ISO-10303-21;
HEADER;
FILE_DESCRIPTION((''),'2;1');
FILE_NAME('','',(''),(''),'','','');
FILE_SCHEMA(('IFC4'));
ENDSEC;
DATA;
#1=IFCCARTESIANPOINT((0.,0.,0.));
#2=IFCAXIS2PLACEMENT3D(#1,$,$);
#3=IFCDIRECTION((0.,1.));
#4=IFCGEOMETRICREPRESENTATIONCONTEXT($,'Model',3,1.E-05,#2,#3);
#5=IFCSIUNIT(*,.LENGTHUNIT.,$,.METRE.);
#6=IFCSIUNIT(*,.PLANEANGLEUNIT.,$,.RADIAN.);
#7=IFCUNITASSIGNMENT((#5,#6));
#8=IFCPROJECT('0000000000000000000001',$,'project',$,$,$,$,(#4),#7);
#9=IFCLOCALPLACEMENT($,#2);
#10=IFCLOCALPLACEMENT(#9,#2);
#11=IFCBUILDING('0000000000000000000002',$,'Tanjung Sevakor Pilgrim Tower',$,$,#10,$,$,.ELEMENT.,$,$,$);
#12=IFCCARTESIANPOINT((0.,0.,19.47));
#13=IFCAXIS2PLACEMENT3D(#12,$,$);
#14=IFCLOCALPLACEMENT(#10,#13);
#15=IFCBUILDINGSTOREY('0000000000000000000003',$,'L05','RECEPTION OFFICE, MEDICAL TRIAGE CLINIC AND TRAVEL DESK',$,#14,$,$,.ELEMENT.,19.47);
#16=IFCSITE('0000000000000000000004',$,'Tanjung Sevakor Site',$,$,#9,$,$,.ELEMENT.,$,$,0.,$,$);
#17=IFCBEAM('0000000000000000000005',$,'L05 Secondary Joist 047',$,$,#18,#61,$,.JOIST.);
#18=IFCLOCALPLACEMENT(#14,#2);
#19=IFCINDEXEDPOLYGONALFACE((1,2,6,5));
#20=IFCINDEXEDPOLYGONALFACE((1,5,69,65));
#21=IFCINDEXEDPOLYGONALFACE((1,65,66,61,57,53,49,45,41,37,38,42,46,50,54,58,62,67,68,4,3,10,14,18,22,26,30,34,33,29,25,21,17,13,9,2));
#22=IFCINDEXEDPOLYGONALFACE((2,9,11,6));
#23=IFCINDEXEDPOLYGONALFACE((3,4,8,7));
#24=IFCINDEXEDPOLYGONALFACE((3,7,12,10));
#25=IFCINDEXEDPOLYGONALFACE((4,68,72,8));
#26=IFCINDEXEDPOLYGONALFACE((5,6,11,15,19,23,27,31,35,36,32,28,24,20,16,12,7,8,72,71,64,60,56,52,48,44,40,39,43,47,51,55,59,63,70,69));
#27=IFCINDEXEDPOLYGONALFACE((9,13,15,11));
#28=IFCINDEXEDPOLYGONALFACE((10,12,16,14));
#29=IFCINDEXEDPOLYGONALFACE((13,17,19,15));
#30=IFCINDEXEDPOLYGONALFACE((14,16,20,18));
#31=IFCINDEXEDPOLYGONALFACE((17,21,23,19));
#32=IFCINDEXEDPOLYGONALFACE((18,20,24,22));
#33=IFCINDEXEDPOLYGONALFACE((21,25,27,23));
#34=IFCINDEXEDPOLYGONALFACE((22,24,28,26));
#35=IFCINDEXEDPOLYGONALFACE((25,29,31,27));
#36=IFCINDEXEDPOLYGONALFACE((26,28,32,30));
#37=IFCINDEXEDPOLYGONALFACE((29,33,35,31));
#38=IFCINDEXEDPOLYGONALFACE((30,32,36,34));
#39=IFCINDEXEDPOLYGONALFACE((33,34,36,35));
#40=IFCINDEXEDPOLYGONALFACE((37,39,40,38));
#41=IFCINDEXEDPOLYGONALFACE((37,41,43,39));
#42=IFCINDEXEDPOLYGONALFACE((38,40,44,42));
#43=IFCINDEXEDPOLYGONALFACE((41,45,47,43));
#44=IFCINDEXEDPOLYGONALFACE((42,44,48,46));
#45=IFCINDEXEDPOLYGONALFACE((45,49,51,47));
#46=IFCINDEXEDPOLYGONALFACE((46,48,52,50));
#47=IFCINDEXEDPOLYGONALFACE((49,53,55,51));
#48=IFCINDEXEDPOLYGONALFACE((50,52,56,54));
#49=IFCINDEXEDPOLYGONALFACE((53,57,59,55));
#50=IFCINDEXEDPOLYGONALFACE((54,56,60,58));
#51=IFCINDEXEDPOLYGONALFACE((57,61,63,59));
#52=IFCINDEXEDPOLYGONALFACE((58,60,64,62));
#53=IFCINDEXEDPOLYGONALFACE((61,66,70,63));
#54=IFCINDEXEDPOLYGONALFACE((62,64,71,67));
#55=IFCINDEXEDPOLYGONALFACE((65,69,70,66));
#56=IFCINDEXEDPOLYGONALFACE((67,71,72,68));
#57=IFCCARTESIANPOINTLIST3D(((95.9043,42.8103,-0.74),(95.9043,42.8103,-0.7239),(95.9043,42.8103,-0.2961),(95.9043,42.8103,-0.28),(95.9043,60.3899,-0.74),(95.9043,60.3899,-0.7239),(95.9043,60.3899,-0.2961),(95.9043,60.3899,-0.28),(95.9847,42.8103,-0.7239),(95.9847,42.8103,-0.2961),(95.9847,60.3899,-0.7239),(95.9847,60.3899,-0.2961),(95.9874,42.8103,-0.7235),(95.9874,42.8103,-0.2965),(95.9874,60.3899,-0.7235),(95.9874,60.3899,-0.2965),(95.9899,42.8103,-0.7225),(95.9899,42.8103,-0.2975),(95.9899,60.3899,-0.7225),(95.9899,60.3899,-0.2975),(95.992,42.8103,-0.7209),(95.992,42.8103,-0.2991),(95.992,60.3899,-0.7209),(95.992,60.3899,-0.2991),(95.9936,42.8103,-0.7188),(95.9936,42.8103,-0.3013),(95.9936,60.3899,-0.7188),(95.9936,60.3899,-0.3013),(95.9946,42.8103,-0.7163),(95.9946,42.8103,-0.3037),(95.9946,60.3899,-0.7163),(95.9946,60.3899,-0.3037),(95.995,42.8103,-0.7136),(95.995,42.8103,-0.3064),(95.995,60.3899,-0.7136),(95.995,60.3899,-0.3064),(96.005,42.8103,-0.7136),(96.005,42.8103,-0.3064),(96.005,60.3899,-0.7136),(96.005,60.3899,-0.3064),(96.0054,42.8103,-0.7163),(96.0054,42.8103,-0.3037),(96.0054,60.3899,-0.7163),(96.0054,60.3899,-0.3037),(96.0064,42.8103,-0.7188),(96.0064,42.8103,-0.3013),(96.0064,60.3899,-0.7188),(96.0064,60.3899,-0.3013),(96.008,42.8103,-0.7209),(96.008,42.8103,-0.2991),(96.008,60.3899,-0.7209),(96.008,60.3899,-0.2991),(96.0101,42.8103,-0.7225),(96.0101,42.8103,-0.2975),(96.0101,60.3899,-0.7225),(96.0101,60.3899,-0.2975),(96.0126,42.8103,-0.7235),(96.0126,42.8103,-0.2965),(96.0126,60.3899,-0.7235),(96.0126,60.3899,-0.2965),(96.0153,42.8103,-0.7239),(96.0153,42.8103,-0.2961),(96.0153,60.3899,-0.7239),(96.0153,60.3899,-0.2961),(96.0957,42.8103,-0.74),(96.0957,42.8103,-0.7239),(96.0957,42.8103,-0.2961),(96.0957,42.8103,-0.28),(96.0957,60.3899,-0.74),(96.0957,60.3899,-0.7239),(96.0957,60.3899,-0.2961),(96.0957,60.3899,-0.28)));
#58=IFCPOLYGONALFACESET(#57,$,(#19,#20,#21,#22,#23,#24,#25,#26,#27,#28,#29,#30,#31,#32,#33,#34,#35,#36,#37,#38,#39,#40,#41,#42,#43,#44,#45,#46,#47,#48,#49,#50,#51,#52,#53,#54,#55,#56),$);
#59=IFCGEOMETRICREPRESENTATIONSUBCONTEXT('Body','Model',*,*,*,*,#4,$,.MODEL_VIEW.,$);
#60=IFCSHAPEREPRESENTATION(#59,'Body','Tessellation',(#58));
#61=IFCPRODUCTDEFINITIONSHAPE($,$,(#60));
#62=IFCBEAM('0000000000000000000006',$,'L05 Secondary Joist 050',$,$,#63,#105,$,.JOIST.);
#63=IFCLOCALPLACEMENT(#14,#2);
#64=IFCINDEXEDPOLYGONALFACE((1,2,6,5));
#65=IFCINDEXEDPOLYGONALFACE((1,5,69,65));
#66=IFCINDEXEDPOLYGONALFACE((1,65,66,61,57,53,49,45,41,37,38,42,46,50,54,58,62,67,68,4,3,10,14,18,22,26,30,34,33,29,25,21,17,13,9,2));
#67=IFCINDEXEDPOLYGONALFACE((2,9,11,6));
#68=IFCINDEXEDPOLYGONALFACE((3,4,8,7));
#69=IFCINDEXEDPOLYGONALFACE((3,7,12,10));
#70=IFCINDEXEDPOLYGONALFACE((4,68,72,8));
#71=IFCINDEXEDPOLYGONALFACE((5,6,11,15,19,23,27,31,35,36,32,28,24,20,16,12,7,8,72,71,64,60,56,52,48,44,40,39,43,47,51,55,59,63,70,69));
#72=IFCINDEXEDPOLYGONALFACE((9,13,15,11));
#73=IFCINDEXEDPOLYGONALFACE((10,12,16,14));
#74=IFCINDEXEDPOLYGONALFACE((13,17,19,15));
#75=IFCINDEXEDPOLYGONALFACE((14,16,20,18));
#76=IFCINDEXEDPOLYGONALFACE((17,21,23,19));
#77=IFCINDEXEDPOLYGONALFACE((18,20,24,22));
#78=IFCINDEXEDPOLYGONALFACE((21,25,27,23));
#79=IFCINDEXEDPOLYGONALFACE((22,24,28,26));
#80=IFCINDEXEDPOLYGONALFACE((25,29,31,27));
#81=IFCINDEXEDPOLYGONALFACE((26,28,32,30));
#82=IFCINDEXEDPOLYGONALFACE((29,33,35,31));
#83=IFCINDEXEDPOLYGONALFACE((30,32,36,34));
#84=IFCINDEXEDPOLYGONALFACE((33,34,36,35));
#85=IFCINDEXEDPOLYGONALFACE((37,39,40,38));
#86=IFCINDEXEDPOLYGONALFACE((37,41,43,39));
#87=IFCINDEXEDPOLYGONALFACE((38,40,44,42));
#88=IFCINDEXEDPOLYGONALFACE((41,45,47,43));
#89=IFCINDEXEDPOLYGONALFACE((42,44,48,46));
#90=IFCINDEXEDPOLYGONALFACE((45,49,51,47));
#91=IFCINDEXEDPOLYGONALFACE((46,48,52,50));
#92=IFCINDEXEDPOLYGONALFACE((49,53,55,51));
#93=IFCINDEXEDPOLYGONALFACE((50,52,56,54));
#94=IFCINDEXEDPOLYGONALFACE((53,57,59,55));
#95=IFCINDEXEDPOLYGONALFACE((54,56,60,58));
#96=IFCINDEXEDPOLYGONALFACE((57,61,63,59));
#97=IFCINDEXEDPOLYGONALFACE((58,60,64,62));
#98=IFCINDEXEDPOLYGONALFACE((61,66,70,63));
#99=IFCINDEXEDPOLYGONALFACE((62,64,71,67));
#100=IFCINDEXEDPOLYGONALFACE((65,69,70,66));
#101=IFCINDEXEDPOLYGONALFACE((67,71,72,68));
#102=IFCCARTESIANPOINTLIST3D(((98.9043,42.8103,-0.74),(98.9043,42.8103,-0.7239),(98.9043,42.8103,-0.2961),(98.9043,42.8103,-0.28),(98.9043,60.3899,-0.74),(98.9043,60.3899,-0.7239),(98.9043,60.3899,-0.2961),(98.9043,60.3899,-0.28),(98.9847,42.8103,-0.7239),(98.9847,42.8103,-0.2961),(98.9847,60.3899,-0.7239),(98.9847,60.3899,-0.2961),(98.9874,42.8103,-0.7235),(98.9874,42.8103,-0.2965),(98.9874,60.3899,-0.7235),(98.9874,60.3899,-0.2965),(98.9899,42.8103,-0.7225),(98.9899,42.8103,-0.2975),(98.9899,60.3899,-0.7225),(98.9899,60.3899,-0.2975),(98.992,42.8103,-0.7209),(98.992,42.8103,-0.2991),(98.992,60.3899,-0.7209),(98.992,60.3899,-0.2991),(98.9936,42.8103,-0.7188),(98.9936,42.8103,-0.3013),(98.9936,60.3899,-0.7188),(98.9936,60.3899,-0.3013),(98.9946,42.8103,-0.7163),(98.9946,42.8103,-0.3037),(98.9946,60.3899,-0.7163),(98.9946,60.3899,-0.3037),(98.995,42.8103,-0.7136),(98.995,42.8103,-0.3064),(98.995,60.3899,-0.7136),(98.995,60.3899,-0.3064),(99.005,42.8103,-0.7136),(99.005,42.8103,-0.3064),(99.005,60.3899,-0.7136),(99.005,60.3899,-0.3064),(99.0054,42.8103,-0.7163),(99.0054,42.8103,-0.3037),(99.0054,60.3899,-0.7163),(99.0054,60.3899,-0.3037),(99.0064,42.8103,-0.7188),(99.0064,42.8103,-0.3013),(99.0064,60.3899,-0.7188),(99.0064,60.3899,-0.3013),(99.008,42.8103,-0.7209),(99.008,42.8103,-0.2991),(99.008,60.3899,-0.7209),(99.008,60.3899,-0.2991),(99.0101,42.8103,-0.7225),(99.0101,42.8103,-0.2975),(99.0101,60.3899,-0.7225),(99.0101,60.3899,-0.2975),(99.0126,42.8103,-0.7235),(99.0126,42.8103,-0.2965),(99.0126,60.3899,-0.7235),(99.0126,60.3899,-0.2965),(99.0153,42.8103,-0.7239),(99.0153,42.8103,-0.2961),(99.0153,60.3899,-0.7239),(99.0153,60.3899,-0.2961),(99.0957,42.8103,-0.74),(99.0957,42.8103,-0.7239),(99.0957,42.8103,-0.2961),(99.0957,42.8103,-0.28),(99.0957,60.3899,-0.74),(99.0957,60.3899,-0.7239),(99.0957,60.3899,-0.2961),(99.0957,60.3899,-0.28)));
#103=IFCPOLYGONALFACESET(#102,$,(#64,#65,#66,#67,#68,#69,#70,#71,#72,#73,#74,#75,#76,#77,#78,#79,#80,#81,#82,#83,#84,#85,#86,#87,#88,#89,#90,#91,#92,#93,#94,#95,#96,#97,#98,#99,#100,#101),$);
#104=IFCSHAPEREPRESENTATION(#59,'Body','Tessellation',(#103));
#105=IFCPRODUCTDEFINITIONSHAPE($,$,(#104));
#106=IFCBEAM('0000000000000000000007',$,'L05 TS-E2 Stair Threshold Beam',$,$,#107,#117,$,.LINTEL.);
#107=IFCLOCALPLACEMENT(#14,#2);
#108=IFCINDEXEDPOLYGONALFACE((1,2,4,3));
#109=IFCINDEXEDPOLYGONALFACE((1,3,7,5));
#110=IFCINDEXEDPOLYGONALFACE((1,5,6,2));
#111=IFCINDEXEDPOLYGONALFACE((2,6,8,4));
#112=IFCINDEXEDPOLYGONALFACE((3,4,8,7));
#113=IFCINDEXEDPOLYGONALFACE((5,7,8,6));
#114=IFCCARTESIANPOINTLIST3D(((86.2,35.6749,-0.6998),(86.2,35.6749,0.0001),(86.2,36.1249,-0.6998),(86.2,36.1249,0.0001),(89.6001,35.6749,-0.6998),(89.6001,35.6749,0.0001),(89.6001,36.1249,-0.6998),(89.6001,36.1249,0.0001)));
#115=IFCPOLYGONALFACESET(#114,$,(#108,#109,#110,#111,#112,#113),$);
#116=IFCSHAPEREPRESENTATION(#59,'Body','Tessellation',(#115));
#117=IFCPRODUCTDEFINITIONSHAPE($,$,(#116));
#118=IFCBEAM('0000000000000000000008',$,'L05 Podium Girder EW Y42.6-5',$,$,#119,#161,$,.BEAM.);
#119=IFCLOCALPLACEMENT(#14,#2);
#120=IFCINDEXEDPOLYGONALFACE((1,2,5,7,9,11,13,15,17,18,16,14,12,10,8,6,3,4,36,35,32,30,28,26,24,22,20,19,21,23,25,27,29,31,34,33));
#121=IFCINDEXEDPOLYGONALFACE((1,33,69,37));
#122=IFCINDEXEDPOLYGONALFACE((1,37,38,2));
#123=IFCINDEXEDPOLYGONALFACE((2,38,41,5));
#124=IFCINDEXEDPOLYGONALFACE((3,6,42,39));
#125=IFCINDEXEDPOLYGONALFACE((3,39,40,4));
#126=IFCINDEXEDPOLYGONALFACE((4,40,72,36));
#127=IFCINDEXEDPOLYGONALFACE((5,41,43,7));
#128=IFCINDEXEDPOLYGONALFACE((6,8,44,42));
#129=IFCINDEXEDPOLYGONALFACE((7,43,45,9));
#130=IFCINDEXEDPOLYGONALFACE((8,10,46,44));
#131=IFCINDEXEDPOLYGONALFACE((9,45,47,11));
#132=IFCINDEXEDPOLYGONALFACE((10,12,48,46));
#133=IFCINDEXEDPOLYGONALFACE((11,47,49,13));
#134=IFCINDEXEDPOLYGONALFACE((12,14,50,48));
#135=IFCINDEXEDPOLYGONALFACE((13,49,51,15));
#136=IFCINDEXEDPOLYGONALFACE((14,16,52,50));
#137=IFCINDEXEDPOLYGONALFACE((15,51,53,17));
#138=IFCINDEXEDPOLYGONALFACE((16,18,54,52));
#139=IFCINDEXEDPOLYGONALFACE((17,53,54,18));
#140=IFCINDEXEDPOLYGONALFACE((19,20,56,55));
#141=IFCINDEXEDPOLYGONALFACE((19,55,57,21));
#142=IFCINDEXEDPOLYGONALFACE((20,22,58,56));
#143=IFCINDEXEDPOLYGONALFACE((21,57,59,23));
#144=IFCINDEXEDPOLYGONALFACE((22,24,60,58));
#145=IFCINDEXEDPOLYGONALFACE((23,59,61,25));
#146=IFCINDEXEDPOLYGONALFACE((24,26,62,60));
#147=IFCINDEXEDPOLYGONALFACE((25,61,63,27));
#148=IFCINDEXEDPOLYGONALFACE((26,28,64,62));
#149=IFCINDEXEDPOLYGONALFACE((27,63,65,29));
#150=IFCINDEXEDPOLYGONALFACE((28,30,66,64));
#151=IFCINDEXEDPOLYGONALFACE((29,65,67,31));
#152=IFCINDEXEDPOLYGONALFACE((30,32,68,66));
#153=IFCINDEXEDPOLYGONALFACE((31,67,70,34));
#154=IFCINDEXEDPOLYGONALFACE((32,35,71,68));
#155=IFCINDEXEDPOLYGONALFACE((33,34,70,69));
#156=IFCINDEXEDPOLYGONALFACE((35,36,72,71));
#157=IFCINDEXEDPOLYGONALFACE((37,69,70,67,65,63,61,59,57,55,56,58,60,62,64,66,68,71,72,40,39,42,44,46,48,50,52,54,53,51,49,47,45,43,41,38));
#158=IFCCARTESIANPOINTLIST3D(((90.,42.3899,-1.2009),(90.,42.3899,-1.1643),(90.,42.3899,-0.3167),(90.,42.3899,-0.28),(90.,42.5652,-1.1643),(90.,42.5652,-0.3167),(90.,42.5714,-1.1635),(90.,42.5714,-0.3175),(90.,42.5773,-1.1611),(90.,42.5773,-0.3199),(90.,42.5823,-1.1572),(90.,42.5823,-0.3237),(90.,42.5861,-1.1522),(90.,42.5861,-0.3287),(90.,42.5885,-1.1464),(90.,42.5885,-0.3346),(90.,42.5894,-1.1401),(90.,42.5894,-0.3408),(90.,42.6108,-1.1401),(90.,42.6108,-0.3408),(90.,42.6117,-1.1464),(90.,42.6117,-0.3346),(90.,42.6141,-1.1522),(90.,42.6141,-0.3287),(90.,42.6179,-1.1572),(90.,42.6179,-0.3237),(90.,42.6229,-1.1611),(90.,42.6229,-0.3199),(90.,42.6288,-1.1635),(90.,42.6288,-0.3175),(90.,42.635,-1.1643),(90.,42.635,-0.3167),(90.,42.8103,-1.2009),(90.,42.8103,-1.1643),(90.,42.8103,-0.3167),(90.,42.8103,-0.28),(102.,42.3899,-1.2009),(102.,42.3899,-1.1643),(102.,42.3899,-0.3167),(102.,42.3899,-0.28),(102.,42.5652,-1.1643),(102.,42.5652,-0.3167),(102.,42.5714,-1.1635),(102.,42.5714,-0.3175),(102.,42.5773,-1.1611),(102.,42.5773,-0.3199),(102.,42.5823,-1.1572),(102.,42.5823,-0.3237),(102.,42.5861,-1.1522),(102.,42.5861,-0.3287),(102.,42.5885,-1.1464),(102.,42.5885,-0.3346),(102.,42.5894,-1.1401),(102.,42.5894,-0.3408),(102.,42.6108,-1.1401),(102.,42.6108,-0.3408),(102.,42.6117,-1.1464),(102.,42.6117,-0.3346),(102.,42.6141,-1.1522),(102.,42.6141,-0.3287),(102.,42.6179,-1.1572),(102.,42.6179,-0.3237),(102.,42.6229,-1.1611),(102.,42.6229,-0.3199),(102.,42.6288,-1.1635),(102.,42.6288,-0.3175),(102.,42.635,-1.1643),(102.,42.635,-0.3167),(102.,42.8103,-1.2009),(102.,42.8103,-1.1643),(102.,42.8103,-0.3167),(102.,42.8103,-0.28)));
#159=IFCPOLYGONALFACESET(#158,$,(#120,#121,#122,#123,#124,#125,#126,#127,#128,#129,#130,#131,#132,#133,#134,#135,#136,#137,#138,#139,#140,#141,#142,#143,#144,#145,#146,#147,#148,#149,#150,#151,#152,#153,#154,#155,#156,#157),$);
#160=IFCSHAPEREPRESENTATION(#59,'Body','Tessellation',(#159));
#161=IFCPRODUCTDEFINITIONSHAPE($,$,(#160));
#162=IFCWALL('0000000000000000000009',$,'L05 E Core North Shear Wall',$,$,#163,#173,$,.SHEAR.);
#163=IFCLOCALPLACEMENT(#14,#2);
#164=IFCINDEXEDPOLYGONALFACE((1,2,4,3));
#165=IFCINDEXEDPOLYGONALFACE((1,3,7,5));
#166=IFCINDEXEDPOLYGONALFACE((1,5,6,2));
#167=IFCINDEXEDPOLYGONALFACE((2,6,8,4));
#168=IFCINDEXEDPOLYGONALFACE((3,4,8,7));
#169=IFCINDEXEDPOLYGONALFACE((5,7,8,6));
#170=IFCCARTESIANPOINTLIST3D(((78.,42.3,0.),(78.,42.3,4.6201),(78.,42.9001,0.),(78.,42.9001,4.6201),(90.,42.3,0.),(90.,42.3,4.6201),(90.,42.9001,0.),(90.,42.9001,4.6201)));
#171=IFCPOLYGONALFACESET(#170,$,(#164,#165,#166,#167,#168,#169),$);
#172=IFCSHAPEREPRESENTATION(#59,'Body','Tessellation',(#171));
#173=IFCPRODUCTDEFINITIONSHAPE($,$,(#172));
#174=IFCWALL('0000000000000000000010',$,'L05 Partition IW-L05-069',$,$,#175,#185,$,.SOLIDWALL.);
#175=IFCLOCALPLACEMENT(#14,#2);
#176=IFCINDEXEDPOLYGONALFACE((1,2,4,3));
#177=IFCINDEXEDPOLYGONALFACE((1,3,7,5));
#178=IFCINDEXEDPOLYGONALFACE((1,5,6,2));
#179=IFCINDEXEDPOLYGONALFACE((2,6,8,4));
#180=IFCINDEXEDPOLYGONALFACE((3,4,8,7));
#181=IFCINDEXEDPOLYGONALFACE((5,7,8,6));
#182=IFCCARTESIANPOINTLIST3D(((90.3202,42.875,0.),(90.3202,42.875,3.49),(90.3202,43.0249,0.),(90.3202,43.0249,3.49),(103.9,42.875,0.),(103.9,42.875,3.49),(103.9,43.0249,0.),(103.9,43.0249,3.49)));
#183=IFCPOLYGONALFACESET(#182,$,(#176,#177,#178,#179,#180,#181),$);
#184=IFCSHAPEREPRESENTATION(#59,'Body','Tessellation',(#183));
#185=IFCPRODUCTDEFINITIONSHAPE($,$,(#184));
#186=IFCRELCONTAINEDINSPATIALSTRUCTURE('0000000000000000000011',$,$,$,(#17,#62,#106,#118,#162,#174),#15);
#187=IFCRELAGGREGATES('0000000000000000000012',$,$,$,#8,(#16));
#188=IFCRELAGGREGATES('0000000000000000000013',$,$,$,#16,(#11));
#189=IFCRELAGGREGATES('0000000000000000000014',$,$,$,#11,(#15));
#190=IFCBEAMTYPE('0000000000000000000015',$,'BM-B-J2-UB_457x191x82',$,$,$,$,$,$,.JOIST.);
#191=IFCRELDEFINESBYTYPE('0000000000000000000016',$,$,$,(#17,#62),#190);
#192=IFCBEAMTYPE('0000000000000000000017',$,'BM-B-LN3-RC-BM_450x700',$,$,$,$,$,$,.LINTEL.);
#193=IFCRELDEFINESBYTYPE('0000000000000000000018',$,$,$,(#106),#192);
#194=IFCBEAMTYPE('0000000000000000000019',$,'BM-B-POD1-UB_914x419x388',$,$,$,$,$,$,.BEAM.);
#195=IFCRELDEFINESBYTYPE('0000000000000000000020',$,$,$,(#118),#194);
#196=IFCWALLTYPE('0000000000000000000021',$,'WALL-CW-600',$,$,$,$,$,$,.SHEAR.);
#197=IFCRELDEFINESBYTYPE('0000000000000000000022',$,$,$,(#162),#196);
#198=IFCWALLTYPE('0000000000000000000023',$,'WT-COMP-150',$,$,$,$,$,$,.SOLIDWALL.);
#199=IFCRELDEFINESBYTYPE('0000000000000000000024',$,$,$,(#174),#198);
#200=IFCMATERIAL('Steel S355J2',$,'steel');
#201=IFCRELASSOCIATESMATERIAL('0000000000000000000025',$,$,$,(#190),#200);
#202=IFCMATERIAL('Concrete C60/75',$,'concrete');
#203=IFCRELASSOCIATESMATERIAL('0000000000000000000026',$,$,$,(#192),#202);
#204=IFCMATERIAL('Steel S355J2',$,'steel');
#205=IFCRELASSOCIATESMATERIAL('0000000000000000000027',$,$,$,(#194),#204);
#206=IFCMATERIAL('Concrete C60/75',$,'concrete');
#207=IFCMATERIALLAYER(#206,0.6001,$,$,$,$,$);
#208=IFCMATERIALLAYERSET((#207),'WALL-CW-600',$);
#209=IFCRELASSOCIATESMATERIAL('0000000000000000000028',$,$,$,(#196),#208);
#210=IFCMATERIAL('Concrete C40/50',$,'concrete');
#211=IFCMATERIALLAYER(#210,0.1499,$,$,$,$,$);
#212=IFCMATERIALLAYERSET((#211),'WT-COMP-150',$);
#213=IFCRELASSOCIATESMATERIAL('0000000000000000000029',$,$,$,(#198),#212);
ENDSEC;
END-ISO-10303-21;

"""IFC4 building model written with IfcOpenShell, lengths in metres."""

from ifc_helpers import new_model, si_unit, direction, frame, frame_2d, origin, origin_2d, place, context, subcontext, project, spatial, rectangle, i_section, extrude, material, layer, layer_set, material_profile, profile_set, type_object, element, save


model = new_model("IFC4")

# Units and contexts
model_context = context("Model", 3, precision=1e-05, world=origin(), true_north=direction((0.0, 1.0)))
body_context = subcontext(model_context, "Body", "Model", "MODEL_VIEW")
ifc_project = project(units=[si_unit("LENGTHUNIT", "METRE"), si_unit("PLANEANGLEUNIT", "RADIAN")], contexts=[model_context])

# Site, building, storey
site_placement = place(None, origin())
site = spatial("IfcSite", under=ifc_project, at=site_placement, Name="Tanjung Sevakor Site", CompositionType="ELEMENT", RefElevation=0.0)
building_placement = place(site_placement, origin())
building = spatial("IfcBuilding", under=site, at=building_placement, Name="Tanjung Sevakor Pilgrim Tower", CompositionType="ELEMENT")
storey_placement = place(building_placement, frame((0.0, 0.0, 19.47)))
storey = spatial("IfcBuildingStorey", under=building, at=storey_placement, Name="L05", Description="RECEPTION OFFICE, MEDICAL TRIAGE CLINIC AND TRAVEL DESK", CompositionType="ELEMENT", Elevation=19.47)

# Beams
ifc_material_1 = material(Name="Steel S355J2", Category="steel")
ifc_material_profile_1 = material_profile(ifc_material_1, i_section(OverallWidth=0.1914, OverallDepth=0.46, WebThickness=0.01, FlangeThickness=0.0161, FilletRadius=0.0103, at=origin_2d()))
ifc_profile_set_1 = profile_set([ifc_material_profile_1], Name="Steel S355J2")
beam_type_1 = type_object("IfcBeamType", Name="BM-B-J2-UB_457x191x82", PredefinedType="JOIST", material=ifc_profile_set_1)
for number, where, z_axis, x_axis, name in (
    (1, (96.0, 42.8103, -0.51), (0.0, 1.0, 0.0), (-1.0, 0.0, 0.0), "L05 Secondary Joist 047"),
    (2, (99.0, 42.8103, -0.51), (0.0, 1.0, 0.0), (-1.0, 0.0, 0.0), "L05 Secondary Joist 050"),
):
    element("IfcBeam", number, at=place(storey_placement, frame(where, z_axis=z_axis, x_axis=x_axis)), inside=storey, type_object=beam_type_1, Name=name, PredefinedType="JOIST", context=body_context, shape_type="SweptSolid", body=[
        extrude(i_section(OverallWidth=0.1914, OverallDepth=0.46, WebThickness=0.01, FlangeThickness=0.0161, FilletRadius=0.0103, at=origin_2d()), origin(), (0.0, 0.0, 1.0), 17.5796),
    ])
ifc_material_2 = material(Name="Concrete C60/75", Category="concrete")
ifc_material_profile_2 = material_profile(ifc_material_2, rectangle(XDim=0.45, YDim=0.7, at=origin_2d()))
ifc_profile_set_2 = profile_set([ifc_material_profile_2], Name="Concrete C60/75")
beam_type_2 = type_object("IfcBeamType", Name="BM-B-LN3-RC-BM_450x700", PredefinedType="LINTEL", material=ifc_profile_set_2)
beam_1_placement = place(storey_placement, frame((86.2, 35.8999, -0.3499), z_axis=(1.0, 0.0, 0.0), x_axis=(0.0, 1.0, 0.0)))
element("IfcBeam", 3, at=beam_1_placement, inside=storey, type_object=beam_type_2, Name="L05 TS-E2 Stair Threshold Beam", PredefinedType="LINTEL", context=body_context, shape_type="SweptSolid", body=[
    extrude(rectangle(XDim=0.45, YDim=0.7, at=origin_2d()), origin(), (0.0, 0.0, 1.0), 3.4001),
])
ifc_material_3 = material(Name="Steel S355J2", Category="steel")
ifc_material_profile_3 = material_profile(ifc_material_3, i_section(OverallWidth=0.4204, OverallDepth=0.9209, WebThickness=0.0215, FlangeThickness=0.0366, FilletRadius=0.0242, at=origin_2d()))
ifc_profile_set_3 = profile_set([ifc_material_profile_3], Name="Steel S355J2")
beam_type_3 = type_object("IfcBeamType", Name="BM-B-POD1-UB_914x419x388", PredefinedType="BEAM", material=ifc_profile_set_3)
beam_2_placement = place(storey_placement, frame((90.0, 42.6001, -0.7405), z_axis=(1.0, 0.0, 0.0), x_axis=(0.0, 1.0, 0.0)))
element("IfcBeam", 4, at=beam_2_placement, inside=storey, type_object=beam_type_3, Name="L05 Podium Girder EW Y42.6-5", PredefinedType="BEAM", context=body_context, shape_type="SweptSolid", body=[
    extrude(i_section(OverallWidth=0.4204, OverallDepth=0.9209, WebThickness=0.0215, FlangeThickness=0.0366, FilletRadius=0.0242, at=origin_2d()), origin(), (0.0, 0.0, 1.0), 12.0),
])

# Walls
ifc_material_4 = material(Name="Concrete C60/75", Category="concrete")
ifc_layer_1 = layer(ifc_material_4, 0.6001)
ifc_layer_set_1 = layer_set([ifc_layer_1], Name="WALL-CW-600")
wall_type_1 = type_object("IfcWallType", Name="WALL-CW-600", PredefinedType="SHEAR", material=ifc_layer_set_1)
wall_1_placement = place(storey_placement, frame((90.0, 42.6001, 0.0), z_axis=(0.0, 0.0, 1.0), x_axis=(-1.0, 0.0, 0.0)))
element("IfcWall", 5, at=wall_1_placement, inside=storey, type_object=wall_type_1, Name="L05 E Core North Shear Wall", PredefinedType="SHEAR", context=body_context, shape_type="SweptSolid", body=[
    extrude(rectangle(XDim=12.0, YDim=0.6001, at=frame_2d((6.0, 0.0))), origin(), (0.0, 0.0, 1.0), 4.6201),
])
ifc_material_5 = material(Name="Concrete C40/50", Category="concrete")
ifc_layer_2 = layer(ifc_material_5, 0.1499)
ifc_layer_set_2 = layer_set([ifc_layer_2], Name="WT-COMP-150")
wall_type_2 = type_object("IfcWallType", Name="WT-COMP-150", PredefinedType="SOLIDWALL", material=ifc_layer_set_2)
wall_2_placement = place(storey_placement, frame((90.3201, 42.95, 0.0), z_axis=(0.0, 0.0, 1.0), x_axis=(1.0, 0.0, 0.0)))
element("IfcWall", 6, at=wall_2_placement, inside=storey, type_object=wall_type_2, Name="L05 Partition IW-L05-069", PredefinedType="SOLIDWALL", context=body_context, shape_type="SweptSolid", body=[
    extrude(rectangle(XDim=13.5798, YDim=0.1499, at=frame_2d((6.79, 0.0))), origin(), (0.0, 0.0, 1.0), 3.49),
])

save(model, "model.ifc")
